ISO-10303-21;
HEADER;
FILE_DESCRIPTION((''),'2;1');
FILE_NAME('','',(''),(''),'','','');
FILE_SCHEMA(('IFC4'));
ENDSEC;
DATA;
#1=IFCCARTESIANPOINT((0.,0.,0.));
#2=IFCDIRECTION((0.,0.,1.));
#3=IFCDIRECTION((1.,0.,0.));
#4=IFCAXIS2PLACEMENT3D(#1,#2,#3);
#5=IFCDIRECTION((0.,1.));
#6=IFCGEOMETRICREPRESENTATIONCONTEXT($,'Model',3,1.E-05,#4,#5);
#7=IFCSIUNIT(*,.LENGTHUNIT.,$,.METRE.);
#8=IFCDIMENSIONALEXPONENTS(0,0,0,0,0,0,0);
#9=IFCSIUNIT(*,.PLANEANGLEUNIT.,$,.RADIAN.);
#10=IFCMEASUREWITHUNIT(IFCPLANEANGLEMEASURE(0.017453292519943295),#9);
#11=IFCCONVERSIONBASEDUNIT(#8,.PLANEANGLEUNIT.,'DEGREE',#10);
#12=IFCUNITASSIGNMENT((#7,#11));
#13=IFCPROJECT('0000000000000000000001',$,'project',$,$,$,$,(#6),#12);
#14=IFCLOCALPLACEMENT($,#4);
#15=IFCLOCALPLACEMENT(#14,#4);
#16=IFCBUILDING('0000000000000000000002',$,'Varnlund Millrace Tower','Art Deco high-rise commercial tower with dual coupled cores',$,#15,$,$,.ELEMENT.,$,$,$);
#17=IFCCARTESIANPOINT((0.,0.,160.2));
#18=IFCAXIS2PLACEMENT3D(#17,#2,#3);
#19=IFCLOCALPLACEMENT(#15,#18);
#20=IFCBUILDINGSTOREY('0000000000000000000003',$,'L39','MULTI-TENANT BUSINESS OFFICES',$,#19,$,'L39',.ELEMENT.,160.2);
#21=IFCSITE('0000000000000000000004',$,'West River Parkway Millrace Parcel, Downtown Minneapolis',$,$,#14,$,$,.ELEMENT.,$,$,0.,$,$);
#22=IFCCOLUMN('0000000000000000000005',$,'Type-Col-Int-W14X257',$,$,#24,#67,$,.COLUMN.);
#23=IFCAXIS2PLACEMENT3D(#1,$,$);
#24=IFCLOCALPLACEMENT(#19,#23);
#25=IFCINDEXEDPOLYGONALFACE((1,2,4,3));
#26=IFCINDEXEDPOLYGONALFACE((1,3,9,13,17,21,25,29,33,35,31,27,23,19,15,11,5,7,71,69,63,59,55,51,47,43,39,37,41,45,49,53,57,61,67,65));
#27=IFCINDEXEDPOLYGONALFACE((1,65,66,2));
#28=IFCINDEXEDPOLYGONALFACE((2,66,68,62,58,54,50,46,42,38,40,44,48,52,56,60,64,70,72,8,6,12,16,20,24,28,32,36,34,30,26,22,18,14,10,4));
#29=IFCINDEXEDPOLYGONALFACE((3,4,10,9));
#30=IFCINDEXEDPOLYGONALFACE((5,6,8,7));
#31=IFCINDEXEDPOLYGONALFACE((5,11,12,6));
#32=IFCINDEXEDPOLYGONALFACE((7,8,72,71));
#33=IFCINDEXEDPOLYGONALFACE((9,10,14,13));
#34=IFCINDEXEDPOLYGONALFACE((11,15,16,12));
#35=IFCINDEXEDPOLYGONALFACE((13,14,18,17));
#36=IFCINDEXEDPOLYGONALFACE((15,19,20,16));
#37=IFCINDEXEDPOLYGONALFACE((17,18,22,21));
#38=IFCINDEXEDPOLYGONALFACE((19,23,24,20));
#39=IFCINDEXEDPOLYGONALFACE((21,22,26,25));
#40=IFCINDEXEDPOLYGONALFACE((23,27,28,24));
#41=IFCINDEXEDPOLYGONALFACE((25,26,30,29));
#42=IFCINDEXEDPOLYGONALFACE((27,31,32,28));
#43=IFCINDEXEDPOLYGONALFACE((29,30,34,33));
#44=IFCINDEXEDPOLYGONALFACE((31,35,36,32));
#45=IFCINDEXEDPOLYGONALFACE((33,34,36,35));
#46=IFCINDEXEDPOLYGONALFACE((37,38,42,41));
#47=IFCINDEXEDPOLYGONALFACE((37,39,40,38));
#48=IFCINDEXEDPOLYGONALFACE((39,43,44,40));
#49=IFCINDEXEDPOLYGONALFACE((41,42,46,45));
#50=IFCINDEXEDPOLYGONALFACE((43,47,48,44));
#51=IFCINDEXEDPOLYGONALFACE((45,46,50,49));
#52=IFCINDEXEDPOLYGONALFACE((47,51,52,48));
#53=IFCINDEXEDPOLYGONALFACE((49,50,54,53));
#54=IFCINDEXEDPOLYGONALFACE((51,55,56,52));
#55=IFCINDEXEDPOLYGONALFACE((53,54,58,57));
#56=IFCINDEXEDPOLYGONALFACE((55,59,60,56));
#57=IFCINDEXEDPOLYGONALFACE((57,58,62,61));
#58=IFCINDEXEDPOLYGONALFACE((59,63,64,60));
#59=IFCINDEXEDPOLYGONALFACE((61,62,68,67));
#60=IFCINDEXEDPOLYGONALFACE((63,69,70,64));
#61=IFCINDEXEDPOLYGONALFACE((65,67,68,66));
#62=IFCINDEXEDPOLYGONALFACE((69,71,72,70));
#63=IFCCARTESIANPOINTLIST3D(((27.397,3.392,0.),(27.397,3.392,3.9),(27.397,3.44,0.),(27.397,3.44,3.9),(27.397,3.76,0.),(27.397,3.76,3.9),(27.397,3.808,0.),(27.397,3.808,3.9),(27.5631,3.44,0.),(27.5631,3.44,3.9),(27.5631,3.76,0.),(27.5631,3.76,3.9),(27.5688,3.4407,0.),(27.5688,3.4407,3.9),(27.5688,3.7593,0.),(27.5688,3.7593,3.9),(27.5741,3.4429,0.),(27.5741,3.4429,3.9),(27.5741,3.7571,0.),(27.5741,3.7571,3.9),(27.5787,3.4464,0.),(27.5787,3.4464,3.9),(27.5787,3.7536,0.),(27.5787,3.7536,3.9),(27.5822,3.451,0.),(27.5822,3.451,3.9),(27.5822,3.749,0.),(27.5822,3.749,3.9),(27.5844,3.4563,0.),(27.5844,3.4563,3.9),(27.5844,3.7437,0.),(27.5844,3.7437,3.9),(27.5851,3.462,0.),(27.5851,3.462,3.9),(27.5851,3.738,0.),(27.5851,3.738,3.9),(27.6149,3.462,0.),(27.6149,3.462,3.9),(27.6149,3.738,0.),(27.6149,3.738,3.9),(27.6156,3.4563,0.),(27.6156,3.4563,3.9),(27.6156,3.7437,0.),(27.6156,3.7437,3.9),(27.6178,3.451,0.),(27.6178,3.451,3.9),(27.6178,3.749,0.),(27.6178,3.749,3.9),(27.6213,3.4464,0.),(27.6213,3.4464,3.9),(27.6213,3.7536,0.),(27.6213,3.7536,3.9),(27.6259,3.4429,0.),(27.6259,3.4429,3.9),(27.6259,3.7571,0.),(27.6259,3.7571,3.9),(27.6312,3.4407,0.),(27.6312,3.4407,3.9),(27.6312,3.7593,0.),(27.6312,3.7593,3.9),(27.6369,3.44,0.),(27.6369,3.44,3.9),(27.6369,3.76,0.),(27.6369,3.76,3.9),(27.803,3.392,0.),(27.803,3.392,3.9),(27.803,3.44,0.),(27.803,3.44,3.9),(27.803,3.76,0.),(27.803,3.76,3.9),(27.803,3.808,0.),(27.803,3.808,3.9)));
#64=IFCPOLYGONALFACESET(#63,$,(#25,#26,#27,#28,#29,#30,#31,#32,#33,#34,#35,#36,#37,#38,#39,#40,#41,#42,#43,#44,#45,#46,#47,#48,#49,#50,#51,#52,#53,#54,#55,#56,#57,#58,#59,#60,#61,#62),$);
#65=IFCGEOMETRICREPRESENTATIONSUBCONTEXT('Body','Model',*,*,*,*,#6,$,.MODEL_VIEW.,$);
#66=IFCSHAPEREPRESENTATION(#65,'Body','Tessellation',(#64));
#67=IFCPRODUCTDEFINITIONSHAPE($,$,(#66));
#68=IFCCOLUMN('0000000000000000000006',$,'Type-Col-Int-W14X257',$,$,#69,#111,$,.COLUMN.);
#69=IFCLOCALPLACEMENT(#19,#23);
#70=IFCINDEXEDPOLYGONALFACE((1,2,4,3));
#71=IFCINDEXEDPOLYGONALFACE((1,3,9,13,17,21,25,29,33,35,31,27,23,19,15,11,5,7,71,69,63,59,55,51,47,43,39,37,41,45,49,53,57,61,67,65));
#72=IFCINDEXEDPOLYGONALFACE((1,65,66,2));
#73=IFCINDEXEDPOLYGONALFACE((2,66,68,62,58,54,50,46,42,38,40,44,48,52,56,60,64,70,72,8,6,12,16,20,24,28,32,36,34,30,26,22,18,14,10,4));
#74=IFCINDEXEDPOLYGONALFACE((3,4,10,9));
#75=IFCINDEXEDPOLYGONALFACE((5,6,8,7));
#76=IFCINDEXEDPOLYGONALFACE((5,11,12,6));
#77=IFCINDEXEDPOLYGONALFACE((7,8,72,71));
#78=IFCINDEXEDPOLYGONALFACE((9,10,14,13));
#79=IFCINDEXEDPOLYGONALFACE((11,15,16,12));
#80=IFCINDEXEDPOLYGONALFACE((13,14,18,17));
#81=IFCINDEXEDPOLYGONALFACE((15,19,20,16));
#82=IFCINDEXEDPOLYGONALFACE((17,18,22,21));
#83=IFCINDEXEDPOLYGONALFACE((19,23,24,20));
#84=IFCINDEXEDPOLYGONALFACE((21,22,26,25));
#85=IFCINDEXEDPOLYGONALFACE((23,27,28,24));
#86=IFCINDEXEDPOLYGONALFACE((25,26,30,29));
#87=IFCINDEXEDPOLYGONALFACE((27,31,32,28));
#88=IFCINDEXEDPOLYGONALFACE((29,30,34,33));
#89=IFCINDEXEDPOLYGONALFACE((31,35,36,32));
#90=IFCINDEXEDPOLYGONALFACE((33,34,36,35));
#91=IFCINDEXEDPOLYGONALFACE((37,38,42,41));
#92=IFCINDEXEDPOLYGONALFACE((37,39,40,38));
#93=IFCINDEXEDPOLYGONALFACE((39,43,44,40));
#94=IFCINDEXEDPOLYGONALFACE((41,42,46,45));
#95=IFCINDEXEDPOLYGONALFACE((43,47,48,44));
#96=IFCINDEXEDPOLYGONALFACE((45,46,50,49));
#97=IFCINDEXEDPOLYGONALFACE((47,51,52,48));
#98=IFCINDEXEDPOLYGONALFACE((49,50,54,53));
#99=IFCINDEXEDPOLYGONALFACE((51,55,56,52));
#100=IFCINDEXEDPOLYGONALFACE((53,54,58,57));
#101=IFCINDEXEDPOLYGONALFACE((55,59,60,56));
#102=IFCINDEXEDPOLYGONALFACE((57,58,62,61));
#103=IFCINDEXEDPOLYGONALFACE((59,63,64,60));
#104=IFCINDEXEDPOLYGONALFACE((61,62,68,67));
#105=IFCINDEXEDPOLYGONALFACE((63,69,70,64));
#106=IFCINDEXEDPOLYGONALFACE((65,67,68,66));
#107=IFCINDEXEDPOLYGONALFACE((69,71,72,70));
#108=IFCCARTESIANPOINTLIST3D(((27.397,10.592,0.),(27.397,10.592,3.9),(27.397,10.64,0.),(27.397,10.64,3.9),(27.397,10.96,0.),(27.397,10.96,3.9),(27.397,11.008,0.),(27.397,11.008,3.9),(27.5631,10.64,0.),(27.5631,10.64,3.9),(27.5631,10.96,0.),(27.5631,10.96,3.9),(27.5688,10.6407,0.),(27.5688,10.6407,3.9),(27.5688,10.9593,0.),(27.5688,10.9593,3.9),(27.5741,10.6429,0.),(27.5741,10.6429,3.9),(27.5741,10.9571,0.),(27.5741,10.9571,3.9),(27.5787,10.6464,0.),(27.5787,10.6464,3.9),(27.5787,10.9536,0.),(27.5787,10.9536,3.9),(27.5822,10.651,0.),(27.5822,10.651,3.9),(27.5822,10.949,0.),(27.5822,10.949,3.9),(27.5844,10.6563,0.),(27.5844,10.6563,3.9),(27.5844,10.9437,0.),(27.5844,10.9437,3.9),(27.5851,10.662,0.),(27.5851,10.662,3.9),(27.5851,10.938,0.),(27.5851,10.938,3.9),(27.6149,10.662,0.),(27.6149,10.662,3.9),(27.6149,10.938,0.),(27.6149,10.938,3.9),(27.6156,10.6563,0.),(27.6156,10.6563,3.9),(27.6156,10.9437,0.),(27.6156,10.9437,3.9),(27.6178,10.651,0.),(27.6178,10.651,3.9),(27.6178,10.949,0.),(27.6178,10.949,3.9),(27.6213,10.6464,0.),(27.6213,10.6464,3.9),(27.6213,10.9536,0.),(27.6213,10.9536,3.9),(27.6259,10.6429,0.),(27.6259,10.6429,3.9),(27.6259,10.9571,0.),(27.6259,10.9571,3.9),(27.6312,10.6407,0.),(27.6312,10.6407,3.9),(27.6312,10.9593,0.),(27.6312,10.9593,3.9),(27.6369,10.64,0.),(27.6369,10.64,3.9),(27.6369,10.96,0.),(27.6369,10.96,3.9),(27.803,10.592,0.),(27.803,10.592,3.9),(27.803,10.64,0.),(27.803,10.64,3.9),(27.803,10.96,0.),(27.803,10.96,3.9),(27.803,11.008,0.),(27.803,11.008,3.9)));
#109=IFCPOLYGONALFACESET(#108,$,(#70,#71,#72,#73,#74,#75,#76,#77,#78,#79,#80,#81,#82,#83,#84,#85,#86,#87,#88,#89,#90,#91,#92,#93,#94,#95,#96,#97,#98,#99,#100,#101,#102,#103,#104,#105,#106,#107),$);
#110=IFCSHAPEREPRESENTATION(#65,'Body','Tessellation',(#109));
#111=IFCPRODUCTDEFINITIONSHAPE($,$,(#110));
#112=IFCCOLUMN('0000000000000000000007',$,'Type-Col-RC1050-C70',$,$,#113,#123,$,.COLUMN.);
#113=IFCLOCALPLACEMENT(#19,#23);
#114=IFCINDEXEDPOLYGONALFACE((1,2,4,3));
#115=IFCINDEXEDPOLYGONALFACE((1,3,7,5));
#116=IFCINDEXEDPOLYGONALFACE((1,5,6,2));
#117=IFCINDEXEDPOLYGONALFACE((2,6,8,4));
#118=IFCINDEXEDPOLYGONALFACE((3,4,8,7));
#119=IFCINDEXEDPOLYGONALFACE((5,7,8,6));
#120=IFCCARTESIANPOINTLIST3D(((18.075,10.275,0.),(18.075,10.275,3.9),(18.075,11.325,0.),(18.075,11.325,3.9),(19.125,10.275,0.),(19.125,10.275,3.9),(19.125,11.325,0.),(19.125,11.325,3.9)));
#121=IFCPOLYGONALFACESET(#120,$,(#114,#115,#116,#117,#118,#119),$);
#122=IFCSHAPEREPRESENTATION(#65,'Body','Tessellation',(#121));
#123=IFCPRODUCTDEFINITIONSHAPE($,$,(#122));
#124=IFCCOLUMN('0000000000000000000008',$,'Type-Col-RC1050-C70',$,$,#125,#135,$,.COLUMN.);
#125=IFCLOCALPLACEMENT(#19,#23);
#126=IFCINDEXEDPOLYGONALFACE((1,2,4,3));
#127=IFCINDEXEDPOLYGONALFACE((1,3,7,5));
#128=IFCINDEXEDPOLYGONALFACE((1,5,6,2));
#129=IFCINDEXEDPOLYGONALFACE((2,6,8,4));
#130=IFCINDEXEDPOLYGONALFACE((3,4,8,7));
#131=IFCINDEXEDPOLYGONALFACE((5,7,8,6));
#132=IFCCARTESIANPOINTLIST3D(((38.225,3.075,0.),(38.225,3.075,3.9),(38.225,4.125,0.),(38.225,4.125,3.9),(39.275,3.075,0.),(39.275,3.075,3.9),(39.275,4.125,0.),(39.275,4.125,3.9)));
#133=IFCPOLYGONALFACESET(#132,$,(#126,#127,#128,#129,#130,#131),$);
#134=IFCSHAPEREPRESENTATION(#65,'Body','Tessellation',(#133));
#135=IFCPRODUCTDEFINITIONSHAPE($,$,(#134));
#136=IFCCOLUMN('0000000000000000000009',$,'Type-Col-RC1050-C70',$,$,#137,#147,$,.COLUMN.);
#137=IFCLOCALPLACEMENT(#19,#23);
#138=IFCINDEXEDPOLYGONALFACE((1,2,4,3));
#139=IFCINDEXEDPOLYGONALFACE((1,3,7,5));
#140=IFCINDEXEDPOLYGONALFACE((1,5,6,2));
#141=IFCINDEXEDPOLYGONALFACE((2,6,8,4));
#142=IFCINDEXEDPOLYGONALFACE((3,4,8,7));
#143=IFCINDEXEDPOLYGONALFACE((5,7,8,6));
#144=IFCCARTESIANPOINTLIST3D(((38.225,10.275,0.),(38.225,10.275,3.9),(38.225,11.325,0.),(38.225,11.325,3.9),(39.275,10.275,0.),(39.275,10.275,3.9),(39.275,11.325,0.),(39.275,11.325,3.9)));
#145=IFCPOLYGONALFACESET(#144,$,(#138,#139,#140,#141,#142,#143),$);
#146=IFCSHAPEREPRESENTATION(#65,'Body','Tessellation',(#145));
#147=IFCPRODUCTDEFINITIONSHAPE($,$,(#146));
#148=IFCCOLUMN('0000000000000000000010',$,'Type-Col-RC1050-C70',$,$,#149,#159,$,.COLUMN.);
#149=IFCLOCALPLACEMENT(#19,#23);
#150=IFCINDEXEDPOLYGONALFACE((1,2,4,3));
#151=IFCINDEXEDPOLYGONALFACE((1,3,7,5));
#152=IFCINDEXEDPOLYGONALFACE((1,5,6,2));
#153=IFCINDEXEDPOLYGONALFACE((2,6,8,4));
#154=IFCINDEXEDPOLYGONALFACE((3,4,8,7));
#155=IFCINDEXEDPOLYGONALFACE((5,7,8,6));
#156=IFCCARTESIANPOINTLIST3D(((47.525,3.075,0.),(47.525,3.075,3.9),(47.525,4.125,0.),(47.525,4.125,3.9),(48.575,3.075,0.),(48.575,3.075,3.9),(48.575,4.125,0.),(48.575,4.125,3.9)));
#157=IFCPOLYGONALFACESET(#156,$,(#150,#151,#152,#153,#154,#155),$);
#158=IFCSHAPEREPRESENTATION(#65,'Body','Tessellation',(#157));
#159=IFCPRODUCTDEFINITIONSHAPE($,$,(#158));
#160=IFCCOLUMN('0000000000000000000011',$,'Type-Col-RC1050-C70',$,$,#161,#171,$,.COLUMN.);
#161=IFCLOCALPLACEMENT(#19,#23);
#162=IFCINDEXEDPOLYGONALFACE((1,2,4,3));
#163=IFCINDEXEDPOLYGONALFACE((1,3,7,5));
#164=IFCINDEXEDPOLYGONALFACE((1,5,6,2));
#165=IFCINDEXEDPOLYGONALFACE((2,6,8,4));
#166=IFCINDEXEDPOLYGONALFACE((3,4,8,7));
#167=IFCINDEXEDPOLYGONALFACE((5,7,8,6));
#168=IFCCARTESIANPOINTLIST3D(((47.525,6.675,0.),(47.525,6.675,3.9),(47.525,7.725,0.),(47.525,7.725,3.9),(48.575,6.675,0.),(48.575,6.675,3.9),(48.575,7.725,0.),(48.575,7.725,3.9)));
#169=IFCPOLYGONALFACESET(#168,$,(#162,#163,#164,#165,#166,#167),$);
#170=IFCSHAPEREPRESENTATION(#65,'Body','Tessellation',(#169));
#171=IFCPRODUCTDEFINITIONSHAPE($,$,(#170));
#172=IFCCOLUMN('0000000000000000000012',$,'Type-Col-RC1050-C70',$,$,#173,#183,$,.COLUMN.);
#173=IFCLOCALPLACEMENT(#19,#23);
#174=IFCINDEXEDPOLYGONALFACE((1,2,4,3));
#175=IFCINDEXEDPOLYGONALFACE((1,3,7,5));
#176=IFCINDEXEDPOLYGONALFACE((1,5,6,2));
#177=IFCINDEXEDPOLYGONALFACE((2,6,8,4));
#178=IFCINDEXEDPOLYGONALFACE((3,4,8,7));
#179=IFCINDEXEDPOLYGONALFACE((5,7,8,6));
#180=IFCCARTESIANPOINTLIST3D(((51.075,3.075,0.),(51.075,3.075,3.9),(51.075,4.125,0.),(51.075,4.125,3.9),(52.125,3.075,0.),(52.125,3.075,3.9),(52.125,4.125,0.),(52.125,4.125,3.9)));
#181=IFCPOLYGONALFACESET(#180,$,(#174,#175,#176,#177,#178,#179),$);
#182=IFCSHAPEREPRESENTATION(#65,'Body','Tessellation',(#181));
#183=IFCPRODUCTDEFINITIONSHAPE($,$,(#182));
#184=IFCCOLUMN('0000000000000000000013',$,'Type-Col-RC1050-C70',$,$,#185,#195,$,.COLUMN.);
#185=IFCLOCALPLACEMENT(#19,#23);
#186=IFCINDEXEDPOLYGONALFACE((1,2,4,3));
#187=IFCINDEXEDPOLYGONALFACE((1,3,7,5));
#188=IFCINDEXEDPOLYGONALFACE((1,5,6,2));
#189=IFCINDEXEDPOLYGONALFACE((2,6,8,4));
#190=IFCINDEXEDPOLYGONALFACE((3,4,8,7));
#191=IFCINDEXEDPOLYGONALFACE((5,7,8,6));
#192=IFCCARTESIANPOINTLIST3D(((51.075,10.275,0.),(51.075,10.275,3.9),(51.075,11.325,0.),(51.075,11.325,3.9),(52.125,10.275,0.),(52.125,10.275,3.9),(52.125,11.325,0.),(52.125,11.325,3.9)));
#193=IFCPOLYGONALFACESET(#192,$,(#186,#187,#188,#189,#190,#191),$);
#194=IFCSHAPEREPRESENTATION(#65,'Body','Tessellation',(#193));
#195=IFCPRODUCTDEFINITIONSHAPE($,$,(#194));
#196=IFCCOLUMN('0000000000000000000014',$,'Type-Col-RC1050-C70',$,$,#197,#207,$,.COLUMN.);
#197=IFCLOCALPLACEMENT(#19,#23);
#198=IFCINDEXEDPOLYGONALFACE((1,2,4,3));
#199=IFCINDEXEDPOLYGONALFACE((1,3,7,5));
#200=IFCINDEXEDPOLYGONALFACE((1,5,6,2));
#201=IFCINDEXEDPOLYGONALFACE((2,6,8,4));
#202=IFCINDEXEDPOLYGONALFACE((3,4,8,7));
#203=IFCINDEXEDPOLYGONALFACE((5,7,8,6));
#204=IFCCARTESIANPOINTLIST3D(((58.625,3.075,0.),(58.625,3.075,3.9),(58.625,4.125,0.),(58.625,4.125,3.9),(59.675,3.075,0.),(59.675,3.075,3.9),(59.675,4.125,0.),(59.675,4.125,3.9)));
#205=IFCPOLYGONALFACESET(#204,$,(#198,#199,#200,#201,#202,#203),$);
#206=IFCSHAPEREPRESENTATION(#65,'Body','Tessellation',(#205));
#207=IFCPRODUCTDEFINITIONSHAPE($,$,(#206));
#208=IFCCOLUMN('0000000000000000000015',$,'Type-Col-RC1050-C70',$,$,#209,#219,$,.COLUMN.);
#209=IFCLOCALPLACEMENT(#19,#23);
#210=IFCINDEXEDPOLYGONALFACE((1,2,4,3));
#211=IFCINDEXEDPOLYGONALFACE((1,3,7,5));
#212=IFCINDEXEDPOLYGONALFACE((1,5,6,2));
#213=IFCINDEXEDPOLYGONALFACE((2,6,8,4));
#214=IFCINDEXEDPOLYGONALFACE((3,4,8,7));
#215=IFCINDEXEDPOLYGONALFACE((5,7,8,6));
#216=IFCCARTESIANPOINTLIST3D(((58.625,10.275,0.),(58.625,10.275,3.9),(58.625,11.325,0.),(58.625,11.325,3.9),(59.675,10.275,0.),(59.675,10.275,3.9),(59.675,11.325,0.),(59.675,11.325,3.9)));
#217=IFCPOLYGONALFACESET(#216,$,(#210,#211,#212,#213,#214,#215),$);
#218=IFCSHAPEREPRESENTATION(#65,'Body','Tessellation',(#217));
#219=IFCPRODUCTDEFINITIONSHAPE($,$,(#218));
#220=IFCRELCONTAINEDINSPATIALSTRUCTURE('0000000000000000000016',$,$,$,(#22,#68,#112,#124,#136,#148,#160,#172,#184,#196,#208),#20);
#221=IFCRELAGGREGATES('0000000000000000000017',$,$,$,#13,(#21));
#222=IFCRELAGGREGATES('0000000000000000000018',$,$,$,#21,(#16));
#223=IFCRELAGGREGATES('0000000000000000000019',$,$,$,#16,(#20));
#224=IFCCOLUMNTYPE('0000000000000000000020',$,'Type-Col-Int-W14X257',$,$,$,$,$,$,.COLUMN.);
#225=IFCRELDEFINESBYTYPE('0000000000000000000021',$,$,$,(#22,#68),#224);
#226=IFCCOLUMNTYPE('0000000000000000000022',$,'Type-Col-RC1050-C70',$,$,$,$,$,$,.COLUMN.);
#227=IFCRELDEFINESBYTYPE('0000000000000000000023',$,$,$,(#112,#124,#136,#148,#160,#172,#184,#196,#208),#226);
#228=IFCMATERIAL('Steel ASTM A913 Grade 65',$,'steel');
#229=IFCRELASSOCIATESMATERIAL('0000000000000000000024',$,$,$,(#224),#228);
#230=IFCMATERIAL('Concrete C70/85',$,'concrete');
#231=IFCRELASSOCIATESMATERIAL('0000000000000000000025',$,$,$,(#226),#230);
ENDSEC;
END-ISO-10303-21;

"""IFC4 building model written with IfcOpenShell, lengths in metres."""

from ifc_helpers import new_model, entity, si_unit, converted_unit, direction, frame, origin_with_axes, origin_2d_with_axis, place, context, subcontext, project, spatial, rectangle, i_section, extrude, material, material_profile, profile_set, type_object, element, save


model = new_model("IFC4")

# Units and contexts
model_context = context("Model", 3, precision=1e-05, world=origin_with_axes(), true_north=direction((0.0, 1.0)))
body_context = subcontext(model_context, "Body", "Model", "MODEL_VIEW")
ifc_project = project(units=[si_unit("LENGTHUNIT", "METRE"), converted_unit("PLANEANGLEUNIT", "DEGREE", entity("IfcPlaneAngleMeasure", 0.017453292519943295), si_unit("PLANEANGLEUNIT", "RADIAN"), dimensions=[0, 0, 0, 0, 0, 0, 0])], contexts=[model_context])

# Site, building, storey
site_placement = place(None, origin_with_axes())
site = spatial("IfcSite", under=ifc_project, at=site_placement, Name="West River Parkway Millrace Parcel, Downtown Minneapolis", CompositionType="ELEMENT", RefElevation=0.0)
building_placement = place(site_placement, origin_with_axes())
building = spatial("IfcBuilding", under=site, at=building_placement, Name="Varnlund Millrace Tower", Description="Art Deco high-rise commercial tower with dual coupled cores", CompositionType="ELEMENT")
storey_placement = place(building_placement, frame((0.0, 0.0, 160.2), z_axis=(0.0, 0.0, 1.0), x_axis=(1.0, 0.0, 0.0)))
storey = spatial("IfcBuildingStorey", under=building, at=storey_placement, Name="L39", Description="MULTI-TENANT BUSINESS OFFICES", LongName="L39", CompositionType="ELEMENT", Elevation=160.2)

# Columns
ifc_material_1 = material(Name="Steel ASTM A913 Grade 65", Category="steel")
ifc_material_profile_1 = material_profile(ifc_material_1, i_section(OverallWidth=0.406, OverallDepth=0.416, WebThickness=0.0298, FlangeThickness=0.048, FilletRadius=0.022, at=origin_2d_with_axis()), Name="Steel ASTM A913 Grade 65")
ifc_profile_set_1 = profile_set([ifc_material_profile_1], Name="Steel ASTM A913 Grade 65")
column_type_1 = type_object("IfcColumnType", Name="Type-Col-Int-W14X257", PredefinedType="COLUMN", material=ifc_profile_set_1)
for number, where, z_axis, x_axis, name in (
    (1, (27.6, 3.6, 0.0), (0.0, 0.0, 1.0), (1.0, 0.0, 0.0), "Type-Col-Int-W14X257"),
    (2, (27.6, 10.8, 0.0), (0.0, 0.0, 1.0), (1.0, 0.0, 0.0), "Type-Col-Int-W14X257"),
):
    element("IfcColumn", number, at=place(storey_placement, frame(where, z_axis=z_axis, x_axis=x_axis)), inside=storey, type_object=column_type_1, Name=name, PredefinedType="COLUMN", context=body_context, shape_type="SweptSolid", body=[
        extrude(i_section(OverallWidth=0.406, OverallDepth=0.416, WebThickness=0.0298, FlangeThickness=0.048, FilletRadius=0.022, at=origin_2d_with_axis()), origin_with_axes(), (0.0, 0.0, 1.0), 3.9),
    ])
ifc_material_2 = material(Name="Concrete C70/85", Category="concrete")
ifc_material_profile_2 = material_profile(ifc_material_2, rectangle(XDim=1.05, YDim=1.05, at=origin_2d_with_axis()), Name="Concrete C70/85")
ifc_profile_set_2 = profile_set([ifc_material_profile_2], Name="Concrete C70/85")
column_type_2 = type_object("IfcColumnType", Name="Type-Col-RC1050-C70", PredefinedType="COLUMN", material=ifc_profile_set_2)
for number, where, z_axis, x_axis, name in (
    (3, (18.6, 10.8, 0.0), (0.0, 0.0, 1.0), (1.0, 0.0, 0.0), "Type-Col-RC1050-C70"),
    (4, (38.75, 3.6, 0.0), (0.0, 0.0, 1.0), (1.0, 0.0, 0.0), "Type-Col-RC1050-C70"),
    (5, (38.75, 10.8, 0.0), (0.0, 0.0, 1.0), (1.0, 0.0, 0.0), "Type-Col-RC1050-C70"),
    (6, (48.05, 3.6, 0.0), (0.0, 0.0, 1.0), (1.0, 0.0, 0.0), "Type-Col-RC1050-C70"),
    (7, (48.05, 7.2, 0.0), (0.0, 0.0, 1.0), (1.0, 0.0, 0.0), "Type-Col-RC1050-C70"),
    (8, (51.6, 3.6, 0.0), (0.0, 0.0, 1.0), (1.0, 0.0, 0.0), "Type-Col-RC1050-C70"),
    (9, (51.6, 10.8, 0.0), (0.0, 0.0, 1.0), (1.0, 0.0, 0.0), "Type-Col-RC1050-C70"),
    (10, (59.15, 3.6, 0.0), (0.0, 0.0, 1.0), (1.0, 0.0, 0.0), "Type-Col-RC1050-C70"),
    (11, (59.15, 10.8, 0.0), (0.0, 0.0, 1.0), (1.0, 0.0, 0.0), "Type-Col-RC1050-C70"),
):
    element("IfcColumn", number, at=place(storey_placement, frame(where, z_axis=z_axis, x_axis=x_axis)), inside=storey, type_object=column_type_2, Name=name, PredefinedType="COLUMN", context=body_context, shape_type="SweptSolid", body=[
        extrude(rectangle(XDim=1.05, YDim=1.05, at=origin_2d_with_axis()), origin_with_axes(), (0.0, 0.0, 1.0), 3.9),
    ])

save(model, "model.ifc")
